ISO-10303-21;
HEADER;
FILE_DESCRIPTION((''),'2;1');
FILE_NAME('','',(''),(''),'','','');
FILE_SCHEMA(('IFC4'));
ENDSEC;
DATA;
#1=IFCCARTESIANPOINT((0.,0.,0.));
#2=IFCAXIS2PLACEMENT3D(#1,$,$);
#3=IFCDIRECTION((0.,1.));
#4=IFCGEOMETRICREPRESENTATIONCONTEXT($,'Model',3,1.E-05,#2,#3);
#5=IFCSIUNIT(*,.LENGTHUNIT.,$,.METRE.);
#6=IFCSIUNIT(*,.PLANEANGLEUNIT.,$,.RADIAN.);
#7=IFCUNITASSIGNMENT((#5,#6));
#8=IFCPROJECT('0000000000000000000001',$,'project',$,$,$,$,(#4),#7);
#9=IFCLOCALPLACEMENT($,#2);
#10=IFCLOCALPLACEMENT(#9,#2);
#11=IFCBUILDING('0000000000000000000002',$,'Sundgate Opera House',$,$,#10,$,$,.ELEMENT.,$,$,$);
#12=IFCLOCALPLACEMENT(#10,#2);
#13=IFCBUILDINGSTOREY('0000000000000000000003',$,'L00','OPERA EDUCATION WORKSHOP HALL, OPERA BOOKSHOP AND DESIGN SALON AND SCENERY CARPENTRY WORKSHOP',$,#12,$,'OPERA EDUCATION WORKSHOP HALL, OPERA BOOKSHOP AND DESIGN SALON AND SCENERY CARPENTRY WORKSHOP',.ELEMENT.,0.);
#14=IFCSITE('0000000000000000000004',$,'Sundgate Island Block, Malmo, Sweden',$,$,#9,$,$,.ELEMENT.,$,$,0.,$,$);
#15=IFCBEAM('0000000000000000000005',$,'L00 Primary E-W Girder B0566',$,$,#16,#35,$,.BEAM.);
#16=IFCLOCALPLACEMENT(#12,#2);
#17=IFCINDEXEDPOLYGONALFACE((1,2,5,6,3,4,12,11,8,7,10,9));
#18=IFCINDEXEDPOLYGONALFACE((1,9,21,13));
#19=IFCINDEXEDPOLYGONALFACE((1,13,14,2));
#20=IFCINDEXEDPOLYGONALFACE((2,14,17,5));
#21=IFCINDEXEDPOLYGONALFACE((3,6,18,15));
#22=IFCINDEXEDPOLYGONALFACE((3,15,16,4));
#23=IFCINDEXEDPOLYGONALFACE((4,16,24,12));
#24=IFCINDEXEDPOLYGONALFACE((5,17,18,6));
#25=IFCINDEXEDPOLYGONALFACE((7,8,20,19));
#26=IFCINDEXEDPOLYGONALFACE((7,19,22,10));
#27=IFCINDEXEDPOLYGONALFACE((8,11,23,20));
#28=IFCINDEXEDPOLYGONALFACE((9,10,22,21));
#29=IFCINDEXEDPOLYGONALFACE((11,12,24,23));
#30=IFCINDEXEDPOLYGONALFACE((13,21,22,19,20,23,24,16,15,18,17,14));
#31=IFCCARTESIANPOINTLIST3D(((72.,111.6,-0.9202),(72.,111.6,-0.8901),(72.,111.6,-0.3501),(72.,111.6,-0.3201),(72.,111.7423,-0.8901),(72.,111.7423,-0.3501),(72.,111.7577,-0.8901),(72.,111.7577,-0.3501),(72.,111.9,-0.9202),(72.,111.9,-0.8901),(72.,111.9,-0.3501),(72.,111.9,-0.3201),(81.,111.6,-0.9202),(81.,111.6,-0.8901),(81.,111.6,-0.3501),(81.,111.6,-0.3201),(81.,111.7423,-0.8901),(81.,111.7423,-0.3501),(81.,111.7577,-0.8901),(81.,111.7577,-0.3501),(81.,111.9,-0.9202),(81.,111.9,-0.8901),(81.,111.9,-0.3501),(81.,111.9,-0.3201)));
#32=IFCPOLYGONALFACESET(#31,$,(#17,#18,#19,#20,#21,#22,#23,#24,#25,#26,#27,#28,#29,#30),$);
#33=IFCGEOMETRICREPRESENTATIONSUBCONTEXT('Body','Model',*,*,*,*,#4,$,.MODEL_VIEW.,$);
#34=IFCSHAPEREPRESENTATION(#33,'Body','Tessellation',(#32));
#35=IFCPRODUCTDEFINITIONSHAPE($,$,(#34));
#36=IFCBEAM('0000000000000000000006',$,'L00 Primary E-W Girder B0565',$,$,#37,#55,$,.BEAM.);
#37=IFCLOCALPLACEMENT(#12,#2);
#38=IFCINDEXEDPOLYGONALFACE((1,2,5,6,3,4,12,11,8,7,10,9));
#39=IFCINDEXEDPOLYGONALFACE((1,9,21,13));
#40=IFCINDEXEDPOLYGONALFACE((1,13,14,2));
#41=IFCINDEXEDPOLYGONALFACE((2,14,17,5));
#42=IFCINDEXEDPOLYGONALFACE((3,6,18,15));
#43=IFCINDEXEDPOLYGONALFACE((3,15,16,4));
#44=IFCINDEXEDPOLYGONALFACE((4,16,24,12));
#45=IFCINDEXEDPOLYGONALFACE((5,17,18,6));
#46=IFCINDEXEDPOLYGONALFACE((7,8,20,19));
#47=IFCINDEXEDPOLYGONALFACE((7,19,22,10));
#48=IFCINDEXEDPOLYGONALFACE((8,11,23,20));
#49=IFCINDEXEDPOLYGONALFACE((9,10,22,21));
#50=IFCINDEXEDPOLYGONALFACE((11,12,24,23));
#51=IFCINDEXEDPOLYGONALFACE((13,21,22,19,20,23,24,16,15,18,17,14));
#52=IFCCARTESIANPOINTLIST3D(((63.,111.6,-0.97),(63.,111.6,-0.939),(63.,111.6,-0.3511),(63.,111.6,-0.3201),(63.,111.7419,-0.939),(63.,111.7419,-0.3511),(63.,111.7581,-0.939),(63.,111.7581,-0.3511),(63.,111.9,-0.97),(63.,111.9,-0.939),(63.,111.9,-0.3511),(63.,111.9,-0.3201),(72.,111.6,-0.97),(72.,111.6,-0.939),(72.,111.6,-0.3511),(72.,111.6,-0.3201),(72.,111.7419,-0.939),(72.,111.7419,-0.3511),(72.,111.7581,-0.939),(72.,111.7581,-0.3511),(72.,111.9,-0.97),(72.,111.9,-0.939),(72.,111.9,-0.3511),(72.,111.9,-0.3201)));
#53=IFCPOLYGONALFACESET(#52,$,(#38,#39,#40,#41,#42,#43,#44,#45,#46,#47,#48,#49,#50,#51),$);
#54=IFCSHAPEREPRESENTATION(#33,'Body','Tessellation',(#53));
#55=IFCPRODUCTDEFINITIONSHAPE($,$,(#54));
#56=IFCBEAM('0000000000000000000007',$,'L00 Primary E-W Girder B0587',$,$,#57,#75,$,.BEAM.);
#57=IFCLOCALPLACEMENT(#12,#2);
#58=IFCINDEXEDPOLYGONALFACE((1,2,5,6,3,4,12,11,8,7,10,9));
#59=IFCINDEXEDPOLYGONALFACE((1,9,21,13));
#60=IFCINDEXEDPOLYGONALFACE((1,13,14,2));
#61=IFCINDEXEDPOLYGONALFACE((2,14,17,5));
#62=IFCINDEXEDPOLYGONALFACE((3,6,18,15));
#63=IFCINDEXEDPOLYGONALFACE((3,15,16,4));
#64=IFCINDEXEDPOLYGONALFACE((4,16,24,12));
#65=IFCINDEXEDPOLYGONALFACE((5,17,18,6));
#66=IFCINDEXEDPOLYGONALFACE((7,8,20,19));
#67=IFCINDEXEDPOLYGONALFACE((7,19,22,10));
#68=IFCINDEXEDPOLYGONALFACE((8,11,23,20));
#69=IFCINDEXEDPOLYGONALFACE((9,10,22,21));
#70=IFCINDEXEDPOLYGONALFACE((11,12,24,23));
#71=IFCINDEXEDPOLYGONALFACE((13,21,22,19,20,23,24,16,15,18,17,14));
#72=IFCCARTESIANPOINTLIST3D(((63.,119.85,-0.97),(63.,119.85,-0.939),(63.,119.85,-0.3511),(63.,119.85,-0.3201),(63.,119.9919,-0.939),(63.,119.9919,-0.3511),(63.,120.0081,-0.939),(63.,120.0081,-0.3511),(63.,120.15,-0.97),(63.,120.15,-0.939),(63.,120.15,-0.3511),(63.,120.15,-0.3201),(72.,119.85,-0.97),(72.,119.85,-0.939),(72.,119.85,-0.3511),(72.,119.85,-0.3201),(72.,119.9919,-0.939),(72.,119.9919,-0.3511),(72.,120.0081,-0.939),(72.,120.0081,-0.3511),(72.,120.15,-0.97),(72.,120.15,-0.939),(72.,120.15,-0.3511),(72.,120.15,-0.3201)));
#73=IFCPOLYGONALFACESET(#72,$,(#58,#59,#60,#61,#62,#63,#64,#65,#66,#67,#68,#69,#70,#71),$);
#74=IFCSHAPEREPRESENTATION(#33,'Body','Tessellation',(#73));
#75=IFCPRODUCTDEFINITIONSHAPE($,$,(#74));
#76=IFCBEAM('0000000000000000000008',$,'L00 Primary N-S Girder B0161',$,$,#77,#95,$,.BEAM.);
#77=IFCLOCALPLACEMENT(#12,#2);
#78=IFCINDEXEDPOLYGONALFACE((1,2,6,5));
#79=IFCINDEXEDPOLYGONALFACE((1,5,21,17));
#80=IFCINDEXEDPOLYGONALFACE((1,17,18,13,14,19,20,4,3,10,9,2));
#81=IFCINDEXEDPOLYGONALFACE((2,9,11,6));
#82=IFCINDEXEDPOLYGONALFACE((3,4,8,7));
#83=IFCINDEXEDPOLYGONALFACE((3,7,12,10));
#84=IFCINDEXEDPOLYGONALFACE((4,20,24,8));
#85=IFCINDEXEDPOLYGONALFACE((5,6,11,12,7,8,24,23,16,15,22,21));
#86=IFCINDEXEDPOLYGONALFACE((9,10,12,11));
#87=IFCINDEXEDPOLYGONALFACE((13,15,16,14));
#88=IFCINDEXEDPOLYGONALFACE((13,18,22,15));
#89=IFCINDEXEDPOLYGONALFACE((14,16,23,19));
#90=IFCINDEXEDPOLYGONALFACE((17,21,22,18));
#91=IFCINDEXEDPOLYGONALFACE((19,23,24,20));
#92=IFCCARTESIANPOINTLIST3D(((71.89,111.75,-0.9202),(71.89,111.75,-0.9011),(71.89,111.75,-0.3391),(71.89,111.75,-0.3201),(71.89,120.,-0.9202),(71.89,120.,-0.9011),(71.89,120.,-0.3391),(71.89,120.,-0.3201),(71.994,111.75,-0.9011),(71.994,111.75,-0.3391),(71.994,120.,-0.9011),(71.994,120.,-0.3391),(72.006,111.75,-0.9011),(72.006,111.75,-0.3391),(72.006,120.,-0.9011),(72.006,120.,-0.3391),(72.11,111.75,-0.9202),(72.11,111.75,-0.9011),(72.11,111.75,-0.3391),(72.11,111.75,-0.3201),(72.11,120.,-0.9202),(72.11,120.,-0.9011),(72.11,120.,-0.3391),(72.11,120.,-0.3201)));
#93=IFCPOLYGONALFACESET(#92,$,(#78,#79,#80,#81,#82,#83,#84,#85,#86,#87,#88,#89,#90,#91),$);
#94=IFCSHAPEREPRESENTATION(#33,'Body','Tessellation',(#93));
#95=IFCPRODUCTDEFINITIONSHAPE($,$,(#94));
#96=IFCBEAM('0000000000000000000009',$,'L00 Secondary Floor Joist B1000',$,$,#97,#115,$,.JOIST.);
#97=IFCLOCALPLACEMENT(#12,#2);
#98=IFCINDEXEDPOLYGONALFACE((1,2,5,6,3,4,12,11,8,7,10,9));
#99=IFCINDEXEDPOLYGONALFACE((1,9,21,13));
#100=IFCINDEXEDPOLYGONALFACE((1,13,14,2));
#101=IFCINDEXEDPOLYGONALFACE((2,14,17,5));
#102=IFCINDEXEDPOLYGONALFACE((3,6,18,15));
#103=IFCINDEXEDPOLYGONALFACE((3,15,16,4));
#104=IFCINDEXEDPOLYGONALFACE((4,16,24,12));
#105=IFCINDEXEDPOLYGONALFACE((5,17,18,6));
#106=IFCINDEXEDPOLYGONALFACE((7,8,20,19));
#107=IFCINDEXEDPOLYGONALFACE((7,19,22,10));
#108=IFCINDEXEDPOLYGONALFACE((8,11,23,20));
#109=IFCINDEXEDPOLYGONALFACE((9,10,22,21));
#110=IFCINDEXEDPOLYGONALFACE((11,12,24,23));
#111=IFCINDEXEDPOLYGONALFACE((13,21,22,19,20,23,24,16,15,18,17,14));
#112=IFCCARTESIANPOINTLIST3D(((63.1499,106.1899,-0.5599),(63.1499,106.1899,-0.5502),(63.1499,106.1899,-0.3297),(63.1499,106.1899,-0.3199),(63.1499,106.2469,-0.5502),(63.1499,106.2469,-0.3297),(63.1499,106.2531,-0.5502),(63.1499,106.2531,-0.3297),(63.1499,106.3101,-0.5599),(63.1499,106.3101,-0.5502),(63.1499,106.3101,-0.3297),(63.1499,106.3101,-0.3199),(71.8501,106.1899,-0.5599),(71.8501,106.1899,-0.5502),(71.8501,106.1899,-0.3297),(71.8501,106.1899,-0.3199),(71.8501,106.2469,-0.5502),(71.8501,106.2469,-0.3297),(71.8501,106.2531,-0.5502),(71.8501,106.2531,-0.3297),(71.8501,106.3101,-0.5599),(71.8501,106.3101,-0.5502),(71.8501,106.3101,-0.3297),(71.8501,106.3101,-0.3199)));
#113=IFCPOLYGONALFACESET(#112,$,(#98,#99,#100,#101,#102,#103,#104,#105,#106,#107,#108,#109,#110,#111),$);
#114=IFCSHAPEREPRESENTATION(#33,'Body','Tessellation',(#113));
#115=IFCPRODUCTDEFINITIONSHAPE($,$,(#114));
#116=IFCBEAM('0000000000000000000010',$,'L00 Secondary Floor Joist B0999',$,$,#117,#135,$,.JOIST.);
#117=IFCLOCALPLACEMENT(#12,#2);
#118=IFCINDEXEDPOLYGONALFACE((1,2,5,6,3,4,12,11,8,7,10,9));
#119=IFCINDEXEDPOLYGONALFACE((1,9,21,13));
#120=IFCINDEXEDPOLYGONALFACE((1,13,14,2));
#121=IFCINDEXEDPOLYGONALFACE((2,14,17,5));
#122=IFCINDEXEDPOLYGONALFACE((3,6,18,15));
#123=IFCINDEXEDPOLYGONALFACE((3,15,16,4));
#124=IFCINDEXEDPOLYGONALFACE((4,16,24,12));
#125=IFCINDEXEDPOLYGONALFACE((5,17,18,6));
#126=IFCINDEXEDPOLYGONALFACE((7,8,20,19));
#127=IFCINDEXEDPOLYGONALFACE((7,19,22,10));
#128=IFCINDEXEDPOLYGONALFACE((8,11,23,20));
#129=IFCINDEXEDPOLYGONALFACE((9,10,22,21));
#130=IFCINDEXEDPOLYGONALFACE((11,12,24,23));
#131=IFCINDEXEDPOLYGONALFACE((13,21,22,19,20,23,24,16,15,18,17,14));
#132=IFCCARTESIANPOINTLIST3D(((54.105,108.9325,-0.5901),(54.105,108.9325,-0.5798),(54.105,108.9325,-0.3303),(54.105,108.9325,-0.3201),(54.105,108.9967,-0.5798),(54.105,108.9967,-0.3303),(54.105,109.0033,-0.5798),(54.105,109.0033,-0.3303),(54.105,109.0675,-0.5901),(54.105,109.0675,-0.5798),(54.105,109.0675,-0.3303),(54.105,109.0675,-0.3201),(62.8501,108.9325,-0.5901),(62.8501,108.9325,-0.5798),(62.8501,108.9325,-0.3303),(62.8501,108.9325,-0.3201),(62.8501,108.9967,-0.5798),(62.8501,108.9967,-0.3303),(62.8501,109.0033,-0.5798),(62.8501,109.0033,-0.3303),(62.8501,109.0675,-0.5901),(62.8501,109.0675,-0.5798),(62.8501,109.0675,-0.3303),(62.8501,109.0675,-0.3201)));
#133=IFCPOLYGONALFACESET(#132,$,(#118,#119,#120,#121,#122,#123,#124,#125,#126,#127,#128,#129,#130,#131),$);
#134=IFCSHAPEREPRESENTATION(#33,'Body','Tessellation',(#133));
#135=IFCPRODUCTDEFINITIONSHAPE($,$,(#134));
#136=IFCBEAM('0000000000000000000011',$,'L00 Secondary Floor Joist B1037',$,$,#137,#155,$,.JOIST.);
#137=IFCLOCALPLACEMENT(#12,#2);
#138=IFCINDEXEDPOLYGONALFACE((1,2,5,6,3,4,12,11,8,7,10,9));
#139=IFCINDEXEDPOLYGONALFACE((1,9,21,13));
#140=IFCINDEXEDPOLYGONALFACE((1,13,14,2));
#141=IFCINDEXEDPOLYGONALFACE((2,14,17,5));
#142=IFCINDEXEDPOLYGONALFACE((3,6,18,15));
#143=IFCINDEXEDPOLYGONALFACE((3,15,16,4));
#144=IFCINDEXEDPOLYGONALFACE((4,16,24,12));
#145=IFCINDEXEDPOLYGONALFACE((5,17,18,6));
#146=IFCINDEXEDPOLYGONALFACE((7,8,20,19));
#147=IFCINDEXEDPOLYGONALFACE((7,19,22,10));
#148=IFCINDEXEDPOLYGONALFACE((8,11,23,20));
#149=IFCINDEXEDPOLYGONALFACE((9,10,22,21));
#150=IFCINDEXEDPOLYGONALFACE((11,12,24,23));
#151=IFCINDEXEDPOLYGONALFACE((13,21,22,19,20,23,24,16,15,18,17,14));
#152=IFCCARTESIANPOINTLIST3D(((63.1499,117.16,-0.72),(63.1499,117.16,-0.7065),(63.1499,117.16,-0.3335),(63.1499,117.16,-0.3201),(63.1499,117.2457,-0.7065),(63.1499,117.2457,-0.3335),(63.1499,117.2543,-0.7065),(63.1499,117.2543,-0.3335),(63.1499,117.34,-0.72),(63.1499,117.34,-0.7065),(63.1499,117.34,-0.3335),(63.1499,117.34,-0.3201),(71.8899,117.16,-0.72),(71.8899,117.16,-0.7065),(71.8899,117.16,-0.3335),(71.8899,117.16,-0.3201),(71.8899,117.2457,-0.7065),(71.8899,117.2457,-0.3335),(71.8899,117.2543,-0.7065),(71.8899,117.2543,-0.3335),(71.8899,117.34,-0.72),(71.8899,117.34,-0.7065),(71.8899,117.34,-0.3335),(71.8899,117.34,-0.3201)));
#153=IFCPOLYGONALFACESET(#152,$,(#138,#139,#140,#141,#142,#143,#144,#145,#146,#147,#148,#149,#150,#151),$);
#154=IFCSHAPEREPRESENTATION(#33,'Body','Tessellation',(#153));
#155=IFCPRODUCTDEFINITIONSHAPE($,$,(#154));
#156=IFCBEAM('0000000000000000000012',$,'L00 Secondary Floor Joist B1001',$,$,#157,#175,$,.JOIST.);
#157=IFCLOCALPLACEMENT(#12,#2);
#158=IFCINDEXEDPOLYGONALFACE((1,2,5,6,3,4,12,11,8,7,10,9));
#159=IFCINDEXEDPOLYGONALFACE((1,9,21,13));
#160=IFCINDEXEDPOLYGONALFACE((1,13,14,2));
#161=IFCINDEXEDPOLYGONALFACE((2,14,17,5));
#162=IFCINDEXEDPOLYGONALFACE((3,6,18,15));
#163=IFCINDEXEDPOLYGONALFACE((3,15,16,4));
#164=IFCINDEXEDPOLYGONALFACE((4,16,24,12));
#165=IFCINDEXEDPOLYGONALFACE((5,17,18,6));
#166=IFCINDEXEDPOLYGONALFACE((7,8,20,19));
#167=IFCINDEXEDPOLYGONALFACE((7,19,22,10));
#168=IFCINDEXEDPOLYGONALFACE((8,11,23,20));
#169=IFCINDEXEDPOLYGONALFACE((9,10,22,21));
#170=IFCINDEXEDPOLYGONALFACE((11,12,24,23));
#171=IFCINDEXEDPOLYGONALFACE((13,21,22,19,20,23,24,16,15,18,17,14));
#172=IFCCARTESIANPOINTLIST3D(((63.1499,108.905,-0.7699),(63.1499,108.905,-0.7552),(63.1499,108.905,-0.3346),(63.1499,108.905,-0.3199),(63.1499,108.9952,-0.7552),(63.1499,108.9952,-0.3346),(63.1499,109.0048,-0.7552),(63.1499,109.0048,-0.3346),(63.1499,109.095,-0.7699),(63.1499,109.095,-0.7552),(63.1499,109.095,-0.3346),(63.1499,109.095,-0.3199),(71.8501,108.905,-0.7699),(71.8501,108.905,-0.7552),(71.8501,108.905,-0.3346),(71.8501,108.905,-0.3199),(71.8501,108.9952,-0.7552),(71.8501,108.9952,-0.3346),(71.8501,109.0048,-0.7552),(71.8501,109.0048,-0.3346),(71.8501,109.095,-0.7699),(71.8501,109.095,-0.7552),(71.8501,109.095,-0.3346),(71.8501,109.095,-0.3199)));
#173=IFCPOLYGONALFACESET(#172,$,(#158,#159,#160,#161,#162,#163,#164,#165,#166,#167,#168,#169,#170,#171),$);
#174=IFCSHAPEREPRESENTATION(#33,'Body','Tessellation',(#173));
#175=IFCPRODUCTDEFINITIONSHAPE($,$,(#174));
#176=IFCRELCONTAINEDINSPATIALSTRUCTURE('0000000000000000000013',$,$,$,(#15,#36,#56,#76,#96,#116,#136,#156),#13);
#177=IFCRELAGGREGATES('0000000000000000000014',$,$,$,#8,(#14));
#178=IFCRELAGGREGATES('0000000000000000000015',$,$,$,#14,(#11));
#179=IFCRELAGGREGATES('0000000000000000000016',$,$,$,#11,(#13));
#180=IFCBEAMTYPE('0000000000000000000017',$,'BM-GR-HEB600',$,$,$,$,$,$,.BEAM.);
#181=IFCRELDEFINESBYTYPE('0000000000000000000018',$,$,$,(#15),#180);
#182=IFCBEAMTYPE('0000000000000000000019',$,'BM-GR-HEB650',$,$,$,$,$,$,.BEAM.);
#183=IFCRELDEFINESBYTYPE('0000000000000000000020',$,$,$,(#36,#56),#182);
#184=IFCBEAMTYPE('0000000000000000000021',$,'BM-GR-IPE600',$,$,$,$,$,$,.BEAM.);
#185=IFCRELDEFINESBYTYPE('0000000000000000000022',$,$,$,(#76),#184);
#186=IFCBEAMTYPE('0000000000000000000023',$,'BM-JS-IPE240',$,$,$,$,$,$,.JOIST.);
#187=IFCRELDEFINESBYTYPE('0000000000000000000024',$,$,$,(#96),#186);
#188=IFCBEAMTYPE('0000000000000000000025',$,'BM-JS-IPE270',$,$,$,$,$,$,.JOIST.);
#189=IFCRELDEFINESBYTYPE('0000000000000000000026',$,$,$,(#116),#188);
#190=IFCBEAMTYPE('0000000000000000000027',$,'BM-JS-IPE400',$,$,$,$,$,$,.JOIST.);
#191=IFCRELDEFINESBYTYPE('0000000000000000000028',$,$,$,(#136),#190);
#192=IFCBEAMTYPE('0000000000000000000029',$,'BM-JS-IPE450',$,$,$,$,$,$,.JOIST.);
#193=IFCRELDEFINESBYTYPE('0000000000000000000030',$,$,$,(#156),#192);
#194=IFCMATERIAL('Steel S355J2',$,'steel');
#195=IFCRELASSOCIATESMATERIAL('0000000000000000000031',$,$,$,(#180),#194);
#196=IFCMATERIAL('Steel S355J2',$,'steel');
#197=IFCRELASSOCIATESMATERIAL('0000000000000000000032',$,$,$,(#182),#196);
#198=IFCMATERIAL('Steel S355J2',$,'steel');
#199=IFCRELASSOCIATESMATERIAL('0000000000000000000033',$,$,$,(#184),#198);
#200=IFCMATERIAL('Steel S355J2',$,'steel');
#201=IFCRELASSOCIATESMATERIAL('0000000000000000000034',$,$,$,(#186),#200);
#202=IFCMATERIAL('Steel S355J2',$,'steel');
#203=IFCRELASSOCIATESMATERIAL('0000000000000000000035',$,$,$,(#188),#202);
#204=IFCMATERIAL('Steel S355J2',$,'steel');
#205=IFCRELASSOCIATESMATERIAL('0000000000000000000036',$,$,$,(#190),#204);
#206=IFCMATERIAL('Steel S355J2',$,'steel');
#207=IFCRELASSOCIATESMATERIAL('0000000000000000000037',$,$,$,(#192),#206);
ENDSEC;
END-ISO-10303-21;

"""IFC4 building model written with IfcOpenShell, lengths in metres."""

from ifc_helpers import new_model, si_unit, direction, frame, origin, origin_2d, place, context, subcontext, project, spatial, i_section, extrude, material, material_profile, profile_set, type_object, element, save


model = new_model("IFC4")

# Units and contexts
model_context = context("Model", 3, precision=1e-05, world=origin(), true_north=direction((0.0, 1.0)))
body_context = subcontext(model_context, "Body", "Model", "MODEL_VIEW")
ifc_project = project(units=[si_unit("LENGTHUNIT", "METRE"), si_unit("PLANEANGLEUNIT", "RADIAN")], contexts=[model_context])

# Site, building, storey
site_placement = place(None, origin())
site = spatial("IfcSite", under=ifc_project, at=site_placement, Name="Sundgate Island Block, Malmo, Sweden", CompositionType="ELEMENT", RefElevation=0.0)
building_placement = place(site_placement, origin())
building = spatial("IfcBuilding", under=site, at=building_placement, Name="Sundgate Opera House", CompositionType="ELEMENT")
storey_placement = place(building_placement, origin())
storey = spatial("IfcBuildingStorey", under=building, at=storey_placement, Name="L00", Description="OPERA EDUCATION WORKSHOP HALL, OPERA BOOKSHOP AND DESIGN SALON AND SCENERY CARPENTRY WORKSHOP", LongName="OPERA EDUCATION WORKSHOP HALL, OPERA BOOKSHOP AND DESIGN SALON AND SCENERY CARPENTRY WORKSHOP", CompositionType="ELEMENT", Elevation=0.0)

# Beams
ifc_material_1 = material(Name="Steel S355J2", Category="steel")
ifc_material_profile_1 = material_profile(ifc_material_1, i_section(OverallWidth=0.3, OverallDepth=0.6001, WebThickness=0.0154, FlangeThickness=0.03, at=origin_2d()), Name="HEB 600")
ifc_profile_set_1 = profile_set([ifc_material_profile_1], Name="Steel S355J2")
beam_type_1 = type_object("IfcBeamType", Name="BM-GR-HEB600", PredefinedType="BEAM", material=ifc_profile_set_1)
beam_1_placement = place(storey_placement, frame((72.0, 111.75, -0.6201), z_axis=(1.0, 0.0, 0.0), x_axis=(0.0, 1.0, 0.0)))
element("IfcBeam", 1, at=beam_1_placement, inside=storey, type_object=beam_type_1, Name="L00 Primary E-W Girder B0566", PredefinedType="BEAM", context=body_context, shape_type="SweptSolid", body=[
    extrude(i_section(OverallWidth=0.3, OverallDepth=0.6001, WebThickness=0.0154, FlangeThickness=0.03, at=origin_2d()), origin(), (0.0, 0.0, 1.0), 9.0),
])
ifc_material_2 = material(Name="Steel S355J2", Category="steel")
ifc_material_profile_2 = material_profile(ifc_material_2, i_section(OverallWidth=0.3, OverallDepth=0.6499, WebThickness=0.0161, FlangeThickness=0.031, at=origin_2d()), Name="HEB 650")
ifc_profile_set_2 = profile_set([ifc_material_profile_2], Name="Steel S355J2")
beam_type_2 = type_object("IfcBeamType", Name="BM-GR-HEB650", PredefinedType="BEAM", material=ifc_profile_set_2)
for number, where, z_axis, x_axis, name in (
    (2, (63.0, 111.75, -0.645), (1.0, 0.0, 0.0), (0.0, 1.0, 0.0), "L00 Primary E-W Girder B0565"),
    (3, (63.0, 120.0, -0.645), (1.0, 0.0, 0.0), (0.0, 1.0, 0.0), "L00 Primary E-W Girder B0587"),
):
    element("IfcBeam", number, at=place(storey_placement, frame(where, z_axis=z_axis, x_axis=x_axis)), inside=storey, type_object=beam_type_2, Name=name, PredefinedType="BEAM", context=body_context, shape_type="SweptSolid", body=[
        extrude(i_section(OverallWidth=0.3, OverallDepth=0.6499, WebThickness=0.0161, FlangeThickness=0.031, at=origin_2d()), origin(), (0.0, 0.0, 1.0), 9.0),
    ])
ifc_material_3 = material(Name="Steel S355J2", Category="steel")
ifc_material_profile_3 = material_profile(ifc_material_3, i_section(OverallWidth=0.22, OverallDepth=0.6001, WebThickness=0.012, FlangeThickness=0.019, at=origin_2d()), Name="IPE 600")
ifc_profile_set_3 = profile_set([ifc_material_profile_3], Name="Steel S355J2")
beam_type_3 = type_object("IfcBeamType", Name="BM-GR-IPE600", PredefinedType="BEAM", material=ifc_profile_set_3)
beam_2_placement = place(storey_placement, frame((72.0, 111.75, -0.6201), z_axis=(0.0, 1.0, 0.0), x_axis=(-1.0, 0.0, 0.0)))
element("IfcBeam", 4, at=beam_2_placement, inside=storey, type_object=beam_type_3, Name="L00 Primary N-S Girder B0161", PredefinedType="BEAM", context=body_context, shape_type="SweptSolid", body=[
    extrude(i_section(OverallWidth=0.22, OverallDepth=0.6001, WebThickness=0.012, FlangeThickness=0.019, at=origin_2d()), origin(), (0.0, 0.0, 1.0), 8.25),
])
ifc_material_4 = material(Name="Steel S355J2", Category="steel")
ifc_material_profile_4 = material_profile(ifc_material_4, i_section(OverallWidth=0.1201, OverallDepth=0.24, WebThickness=0.0061, FlangeThickness=0.0098, at=origin_2d()), Name="IPE 240")
ifc_profile_set_4 = profile_set([ifc_material_profile_4], Name="Steel S355J2")
beam_type_4 = type_object("IfcBeamType", Name="BM-JS-IPE240", PredefinedType="JOIST", material=ifc_profile_set_4)
beam_3_placement = place(storey_placement, frame((63.1499, 106.25, -0.4399), z_axis=(1.0, 0.0, 0.0), x_axis=(0.0, 1.0, 0.0)))
element("IfcBeam", 5, at=beam_3_placement, inside=storey, type_object=beam_type_4, Name="L00 Secondary Floor Joist B1000", PredefinedType="JOIST", context=body_context, shape_type="SweptSolid", body=[
    extrude(i_section(OverallWidth=0.1201, OverallDepth=0.24, WebThickness=0.0061, FlangeThickness=0.0098, at=origin_2d()), origin(), (0.0, 0.0, 1.0), 8.7002),
])
ifc_material_5 = material(Name="Steel S355J2", Category="steel")
ifc_material_profile_5 = material_profile(ifc_material_5, i_section(OverallWidth=0.135, OverallDepth=0.27, WebThickness=0.0066, FlangeThickness=0.0103, at=origin_2d()), Name="IPE 270")
ifc_profile_set_5 = profile_set([ifc_material_profile_5], Name="Steel S355J2")
beam_type_5 = type_object("IfcBeamType", Name="BM-JS-IPE270", PredefinedType="JOIST", material=ifc_profile_set_5)
beam_4_placement = place(storey_placement, frame((54.105, 109.0, -0.4551), z_axis=(1.0, 0.0, 0.0), x_axis=(0.0, 1.0, 0.0)))
element("IfcBeam", 6, at=beam_4_placement, inside=storey, type_object=beam_type_5, Name="L00 Secondary Floor Joist B0999", PredefinedType="JOIST", context=body_context, shape_type="SweptSolid", body=[
    extrude(i_section(OverallWidth=0.135, OverallDepth=0.27, WebThickness=0.0066, FlangeThickness=0.0103, at=origin_2d()), origin(), (0.0, 0.0, 1.0), 8.7451),
])
ifc_material_6 = material(Name="Steel S355J2", Category="steel")
ifc_material_profile_6 = material_profile(ifc_material_6, i_section(OverallWidth=0.1799, OverallDepth=0.3999, WebThickness=0.0085, FlangeThickness=0.0134, at=origin_2d()), Name="IPE 400")
ifc_profile_set_6 = profile_set([ifc_material_profile_6], Name="Steel S355J2")
beam_type_6 = type_object("IfcBeamType", Name="BM-JS-IPE400", PredefinedType="JOIST", material=ifc_profile_set_6)
beam_5_placement = place(storey_placement, frame((63.1499, 117.25, -0.52), z_axis=(1.0, 0.0, 0.0), x_axis=(0.0, 1.0, 0.0)))
element("IfcBeam", 7, at=beam_5_placement, inside=storey, type_object=beam_type_6, Name="L00 Secondary Floor Joist B1037", PredefinedType="JOIST", context=body_context, shape_type="SweptSolid", body=[
    extrude(i_section(OverallWidth=0.1799, OverallDepth=0.3999, WebThickness=0.0085, FlangeThickness=0.0134, at=origin_2d()), origin(), (0.0, 0.0, 1.0), 8.74),
])
ifc_material_7 = material(Name="Steel S355J2", Category="steel")
ifc_material_profile_7 = material_profile(ifc_material_7, i_section(OverallWidth=0.1899, OverallDepth=0.45, WebThickness=0.0095, FlangeThickness=0.0146, at=origin_2d()), Name="IPE 450")
ifc_profile_set_7 = profile_set([ifc_material_profile_7], Name="Steel S355J2")
beam_type_7 = type_object("IfcBeamType", Name="BM-JS-IPE450", PredefinedType="JOIST", material=ifc_profile_set_7)
beam_6_placement = place(storey_placement, frame((63.1499, 109.0, -0.5449), z_axis=(1.0, 0.0, 0.0), x_axis=(0.0, 1.0, 0.0)))
element("IfcBeam", 8, at=beam_6_placement, inside=storey, type_object=beam_type_7, Name="L00 Secondary Floor Joist B1001", PredefinedType="JOIST", context=body_context, shape_type="SweptSolid", body=[
    extrude(i_section(OverallWidth=0.1899, OverallDepth=0.45, WebThickness=0.0095, FlangeThickness=0.0146, at=origin_2d()), origin(), (0.0, 0.0, 1.0), 8.7002),
])

save(model, "model.ifc")
